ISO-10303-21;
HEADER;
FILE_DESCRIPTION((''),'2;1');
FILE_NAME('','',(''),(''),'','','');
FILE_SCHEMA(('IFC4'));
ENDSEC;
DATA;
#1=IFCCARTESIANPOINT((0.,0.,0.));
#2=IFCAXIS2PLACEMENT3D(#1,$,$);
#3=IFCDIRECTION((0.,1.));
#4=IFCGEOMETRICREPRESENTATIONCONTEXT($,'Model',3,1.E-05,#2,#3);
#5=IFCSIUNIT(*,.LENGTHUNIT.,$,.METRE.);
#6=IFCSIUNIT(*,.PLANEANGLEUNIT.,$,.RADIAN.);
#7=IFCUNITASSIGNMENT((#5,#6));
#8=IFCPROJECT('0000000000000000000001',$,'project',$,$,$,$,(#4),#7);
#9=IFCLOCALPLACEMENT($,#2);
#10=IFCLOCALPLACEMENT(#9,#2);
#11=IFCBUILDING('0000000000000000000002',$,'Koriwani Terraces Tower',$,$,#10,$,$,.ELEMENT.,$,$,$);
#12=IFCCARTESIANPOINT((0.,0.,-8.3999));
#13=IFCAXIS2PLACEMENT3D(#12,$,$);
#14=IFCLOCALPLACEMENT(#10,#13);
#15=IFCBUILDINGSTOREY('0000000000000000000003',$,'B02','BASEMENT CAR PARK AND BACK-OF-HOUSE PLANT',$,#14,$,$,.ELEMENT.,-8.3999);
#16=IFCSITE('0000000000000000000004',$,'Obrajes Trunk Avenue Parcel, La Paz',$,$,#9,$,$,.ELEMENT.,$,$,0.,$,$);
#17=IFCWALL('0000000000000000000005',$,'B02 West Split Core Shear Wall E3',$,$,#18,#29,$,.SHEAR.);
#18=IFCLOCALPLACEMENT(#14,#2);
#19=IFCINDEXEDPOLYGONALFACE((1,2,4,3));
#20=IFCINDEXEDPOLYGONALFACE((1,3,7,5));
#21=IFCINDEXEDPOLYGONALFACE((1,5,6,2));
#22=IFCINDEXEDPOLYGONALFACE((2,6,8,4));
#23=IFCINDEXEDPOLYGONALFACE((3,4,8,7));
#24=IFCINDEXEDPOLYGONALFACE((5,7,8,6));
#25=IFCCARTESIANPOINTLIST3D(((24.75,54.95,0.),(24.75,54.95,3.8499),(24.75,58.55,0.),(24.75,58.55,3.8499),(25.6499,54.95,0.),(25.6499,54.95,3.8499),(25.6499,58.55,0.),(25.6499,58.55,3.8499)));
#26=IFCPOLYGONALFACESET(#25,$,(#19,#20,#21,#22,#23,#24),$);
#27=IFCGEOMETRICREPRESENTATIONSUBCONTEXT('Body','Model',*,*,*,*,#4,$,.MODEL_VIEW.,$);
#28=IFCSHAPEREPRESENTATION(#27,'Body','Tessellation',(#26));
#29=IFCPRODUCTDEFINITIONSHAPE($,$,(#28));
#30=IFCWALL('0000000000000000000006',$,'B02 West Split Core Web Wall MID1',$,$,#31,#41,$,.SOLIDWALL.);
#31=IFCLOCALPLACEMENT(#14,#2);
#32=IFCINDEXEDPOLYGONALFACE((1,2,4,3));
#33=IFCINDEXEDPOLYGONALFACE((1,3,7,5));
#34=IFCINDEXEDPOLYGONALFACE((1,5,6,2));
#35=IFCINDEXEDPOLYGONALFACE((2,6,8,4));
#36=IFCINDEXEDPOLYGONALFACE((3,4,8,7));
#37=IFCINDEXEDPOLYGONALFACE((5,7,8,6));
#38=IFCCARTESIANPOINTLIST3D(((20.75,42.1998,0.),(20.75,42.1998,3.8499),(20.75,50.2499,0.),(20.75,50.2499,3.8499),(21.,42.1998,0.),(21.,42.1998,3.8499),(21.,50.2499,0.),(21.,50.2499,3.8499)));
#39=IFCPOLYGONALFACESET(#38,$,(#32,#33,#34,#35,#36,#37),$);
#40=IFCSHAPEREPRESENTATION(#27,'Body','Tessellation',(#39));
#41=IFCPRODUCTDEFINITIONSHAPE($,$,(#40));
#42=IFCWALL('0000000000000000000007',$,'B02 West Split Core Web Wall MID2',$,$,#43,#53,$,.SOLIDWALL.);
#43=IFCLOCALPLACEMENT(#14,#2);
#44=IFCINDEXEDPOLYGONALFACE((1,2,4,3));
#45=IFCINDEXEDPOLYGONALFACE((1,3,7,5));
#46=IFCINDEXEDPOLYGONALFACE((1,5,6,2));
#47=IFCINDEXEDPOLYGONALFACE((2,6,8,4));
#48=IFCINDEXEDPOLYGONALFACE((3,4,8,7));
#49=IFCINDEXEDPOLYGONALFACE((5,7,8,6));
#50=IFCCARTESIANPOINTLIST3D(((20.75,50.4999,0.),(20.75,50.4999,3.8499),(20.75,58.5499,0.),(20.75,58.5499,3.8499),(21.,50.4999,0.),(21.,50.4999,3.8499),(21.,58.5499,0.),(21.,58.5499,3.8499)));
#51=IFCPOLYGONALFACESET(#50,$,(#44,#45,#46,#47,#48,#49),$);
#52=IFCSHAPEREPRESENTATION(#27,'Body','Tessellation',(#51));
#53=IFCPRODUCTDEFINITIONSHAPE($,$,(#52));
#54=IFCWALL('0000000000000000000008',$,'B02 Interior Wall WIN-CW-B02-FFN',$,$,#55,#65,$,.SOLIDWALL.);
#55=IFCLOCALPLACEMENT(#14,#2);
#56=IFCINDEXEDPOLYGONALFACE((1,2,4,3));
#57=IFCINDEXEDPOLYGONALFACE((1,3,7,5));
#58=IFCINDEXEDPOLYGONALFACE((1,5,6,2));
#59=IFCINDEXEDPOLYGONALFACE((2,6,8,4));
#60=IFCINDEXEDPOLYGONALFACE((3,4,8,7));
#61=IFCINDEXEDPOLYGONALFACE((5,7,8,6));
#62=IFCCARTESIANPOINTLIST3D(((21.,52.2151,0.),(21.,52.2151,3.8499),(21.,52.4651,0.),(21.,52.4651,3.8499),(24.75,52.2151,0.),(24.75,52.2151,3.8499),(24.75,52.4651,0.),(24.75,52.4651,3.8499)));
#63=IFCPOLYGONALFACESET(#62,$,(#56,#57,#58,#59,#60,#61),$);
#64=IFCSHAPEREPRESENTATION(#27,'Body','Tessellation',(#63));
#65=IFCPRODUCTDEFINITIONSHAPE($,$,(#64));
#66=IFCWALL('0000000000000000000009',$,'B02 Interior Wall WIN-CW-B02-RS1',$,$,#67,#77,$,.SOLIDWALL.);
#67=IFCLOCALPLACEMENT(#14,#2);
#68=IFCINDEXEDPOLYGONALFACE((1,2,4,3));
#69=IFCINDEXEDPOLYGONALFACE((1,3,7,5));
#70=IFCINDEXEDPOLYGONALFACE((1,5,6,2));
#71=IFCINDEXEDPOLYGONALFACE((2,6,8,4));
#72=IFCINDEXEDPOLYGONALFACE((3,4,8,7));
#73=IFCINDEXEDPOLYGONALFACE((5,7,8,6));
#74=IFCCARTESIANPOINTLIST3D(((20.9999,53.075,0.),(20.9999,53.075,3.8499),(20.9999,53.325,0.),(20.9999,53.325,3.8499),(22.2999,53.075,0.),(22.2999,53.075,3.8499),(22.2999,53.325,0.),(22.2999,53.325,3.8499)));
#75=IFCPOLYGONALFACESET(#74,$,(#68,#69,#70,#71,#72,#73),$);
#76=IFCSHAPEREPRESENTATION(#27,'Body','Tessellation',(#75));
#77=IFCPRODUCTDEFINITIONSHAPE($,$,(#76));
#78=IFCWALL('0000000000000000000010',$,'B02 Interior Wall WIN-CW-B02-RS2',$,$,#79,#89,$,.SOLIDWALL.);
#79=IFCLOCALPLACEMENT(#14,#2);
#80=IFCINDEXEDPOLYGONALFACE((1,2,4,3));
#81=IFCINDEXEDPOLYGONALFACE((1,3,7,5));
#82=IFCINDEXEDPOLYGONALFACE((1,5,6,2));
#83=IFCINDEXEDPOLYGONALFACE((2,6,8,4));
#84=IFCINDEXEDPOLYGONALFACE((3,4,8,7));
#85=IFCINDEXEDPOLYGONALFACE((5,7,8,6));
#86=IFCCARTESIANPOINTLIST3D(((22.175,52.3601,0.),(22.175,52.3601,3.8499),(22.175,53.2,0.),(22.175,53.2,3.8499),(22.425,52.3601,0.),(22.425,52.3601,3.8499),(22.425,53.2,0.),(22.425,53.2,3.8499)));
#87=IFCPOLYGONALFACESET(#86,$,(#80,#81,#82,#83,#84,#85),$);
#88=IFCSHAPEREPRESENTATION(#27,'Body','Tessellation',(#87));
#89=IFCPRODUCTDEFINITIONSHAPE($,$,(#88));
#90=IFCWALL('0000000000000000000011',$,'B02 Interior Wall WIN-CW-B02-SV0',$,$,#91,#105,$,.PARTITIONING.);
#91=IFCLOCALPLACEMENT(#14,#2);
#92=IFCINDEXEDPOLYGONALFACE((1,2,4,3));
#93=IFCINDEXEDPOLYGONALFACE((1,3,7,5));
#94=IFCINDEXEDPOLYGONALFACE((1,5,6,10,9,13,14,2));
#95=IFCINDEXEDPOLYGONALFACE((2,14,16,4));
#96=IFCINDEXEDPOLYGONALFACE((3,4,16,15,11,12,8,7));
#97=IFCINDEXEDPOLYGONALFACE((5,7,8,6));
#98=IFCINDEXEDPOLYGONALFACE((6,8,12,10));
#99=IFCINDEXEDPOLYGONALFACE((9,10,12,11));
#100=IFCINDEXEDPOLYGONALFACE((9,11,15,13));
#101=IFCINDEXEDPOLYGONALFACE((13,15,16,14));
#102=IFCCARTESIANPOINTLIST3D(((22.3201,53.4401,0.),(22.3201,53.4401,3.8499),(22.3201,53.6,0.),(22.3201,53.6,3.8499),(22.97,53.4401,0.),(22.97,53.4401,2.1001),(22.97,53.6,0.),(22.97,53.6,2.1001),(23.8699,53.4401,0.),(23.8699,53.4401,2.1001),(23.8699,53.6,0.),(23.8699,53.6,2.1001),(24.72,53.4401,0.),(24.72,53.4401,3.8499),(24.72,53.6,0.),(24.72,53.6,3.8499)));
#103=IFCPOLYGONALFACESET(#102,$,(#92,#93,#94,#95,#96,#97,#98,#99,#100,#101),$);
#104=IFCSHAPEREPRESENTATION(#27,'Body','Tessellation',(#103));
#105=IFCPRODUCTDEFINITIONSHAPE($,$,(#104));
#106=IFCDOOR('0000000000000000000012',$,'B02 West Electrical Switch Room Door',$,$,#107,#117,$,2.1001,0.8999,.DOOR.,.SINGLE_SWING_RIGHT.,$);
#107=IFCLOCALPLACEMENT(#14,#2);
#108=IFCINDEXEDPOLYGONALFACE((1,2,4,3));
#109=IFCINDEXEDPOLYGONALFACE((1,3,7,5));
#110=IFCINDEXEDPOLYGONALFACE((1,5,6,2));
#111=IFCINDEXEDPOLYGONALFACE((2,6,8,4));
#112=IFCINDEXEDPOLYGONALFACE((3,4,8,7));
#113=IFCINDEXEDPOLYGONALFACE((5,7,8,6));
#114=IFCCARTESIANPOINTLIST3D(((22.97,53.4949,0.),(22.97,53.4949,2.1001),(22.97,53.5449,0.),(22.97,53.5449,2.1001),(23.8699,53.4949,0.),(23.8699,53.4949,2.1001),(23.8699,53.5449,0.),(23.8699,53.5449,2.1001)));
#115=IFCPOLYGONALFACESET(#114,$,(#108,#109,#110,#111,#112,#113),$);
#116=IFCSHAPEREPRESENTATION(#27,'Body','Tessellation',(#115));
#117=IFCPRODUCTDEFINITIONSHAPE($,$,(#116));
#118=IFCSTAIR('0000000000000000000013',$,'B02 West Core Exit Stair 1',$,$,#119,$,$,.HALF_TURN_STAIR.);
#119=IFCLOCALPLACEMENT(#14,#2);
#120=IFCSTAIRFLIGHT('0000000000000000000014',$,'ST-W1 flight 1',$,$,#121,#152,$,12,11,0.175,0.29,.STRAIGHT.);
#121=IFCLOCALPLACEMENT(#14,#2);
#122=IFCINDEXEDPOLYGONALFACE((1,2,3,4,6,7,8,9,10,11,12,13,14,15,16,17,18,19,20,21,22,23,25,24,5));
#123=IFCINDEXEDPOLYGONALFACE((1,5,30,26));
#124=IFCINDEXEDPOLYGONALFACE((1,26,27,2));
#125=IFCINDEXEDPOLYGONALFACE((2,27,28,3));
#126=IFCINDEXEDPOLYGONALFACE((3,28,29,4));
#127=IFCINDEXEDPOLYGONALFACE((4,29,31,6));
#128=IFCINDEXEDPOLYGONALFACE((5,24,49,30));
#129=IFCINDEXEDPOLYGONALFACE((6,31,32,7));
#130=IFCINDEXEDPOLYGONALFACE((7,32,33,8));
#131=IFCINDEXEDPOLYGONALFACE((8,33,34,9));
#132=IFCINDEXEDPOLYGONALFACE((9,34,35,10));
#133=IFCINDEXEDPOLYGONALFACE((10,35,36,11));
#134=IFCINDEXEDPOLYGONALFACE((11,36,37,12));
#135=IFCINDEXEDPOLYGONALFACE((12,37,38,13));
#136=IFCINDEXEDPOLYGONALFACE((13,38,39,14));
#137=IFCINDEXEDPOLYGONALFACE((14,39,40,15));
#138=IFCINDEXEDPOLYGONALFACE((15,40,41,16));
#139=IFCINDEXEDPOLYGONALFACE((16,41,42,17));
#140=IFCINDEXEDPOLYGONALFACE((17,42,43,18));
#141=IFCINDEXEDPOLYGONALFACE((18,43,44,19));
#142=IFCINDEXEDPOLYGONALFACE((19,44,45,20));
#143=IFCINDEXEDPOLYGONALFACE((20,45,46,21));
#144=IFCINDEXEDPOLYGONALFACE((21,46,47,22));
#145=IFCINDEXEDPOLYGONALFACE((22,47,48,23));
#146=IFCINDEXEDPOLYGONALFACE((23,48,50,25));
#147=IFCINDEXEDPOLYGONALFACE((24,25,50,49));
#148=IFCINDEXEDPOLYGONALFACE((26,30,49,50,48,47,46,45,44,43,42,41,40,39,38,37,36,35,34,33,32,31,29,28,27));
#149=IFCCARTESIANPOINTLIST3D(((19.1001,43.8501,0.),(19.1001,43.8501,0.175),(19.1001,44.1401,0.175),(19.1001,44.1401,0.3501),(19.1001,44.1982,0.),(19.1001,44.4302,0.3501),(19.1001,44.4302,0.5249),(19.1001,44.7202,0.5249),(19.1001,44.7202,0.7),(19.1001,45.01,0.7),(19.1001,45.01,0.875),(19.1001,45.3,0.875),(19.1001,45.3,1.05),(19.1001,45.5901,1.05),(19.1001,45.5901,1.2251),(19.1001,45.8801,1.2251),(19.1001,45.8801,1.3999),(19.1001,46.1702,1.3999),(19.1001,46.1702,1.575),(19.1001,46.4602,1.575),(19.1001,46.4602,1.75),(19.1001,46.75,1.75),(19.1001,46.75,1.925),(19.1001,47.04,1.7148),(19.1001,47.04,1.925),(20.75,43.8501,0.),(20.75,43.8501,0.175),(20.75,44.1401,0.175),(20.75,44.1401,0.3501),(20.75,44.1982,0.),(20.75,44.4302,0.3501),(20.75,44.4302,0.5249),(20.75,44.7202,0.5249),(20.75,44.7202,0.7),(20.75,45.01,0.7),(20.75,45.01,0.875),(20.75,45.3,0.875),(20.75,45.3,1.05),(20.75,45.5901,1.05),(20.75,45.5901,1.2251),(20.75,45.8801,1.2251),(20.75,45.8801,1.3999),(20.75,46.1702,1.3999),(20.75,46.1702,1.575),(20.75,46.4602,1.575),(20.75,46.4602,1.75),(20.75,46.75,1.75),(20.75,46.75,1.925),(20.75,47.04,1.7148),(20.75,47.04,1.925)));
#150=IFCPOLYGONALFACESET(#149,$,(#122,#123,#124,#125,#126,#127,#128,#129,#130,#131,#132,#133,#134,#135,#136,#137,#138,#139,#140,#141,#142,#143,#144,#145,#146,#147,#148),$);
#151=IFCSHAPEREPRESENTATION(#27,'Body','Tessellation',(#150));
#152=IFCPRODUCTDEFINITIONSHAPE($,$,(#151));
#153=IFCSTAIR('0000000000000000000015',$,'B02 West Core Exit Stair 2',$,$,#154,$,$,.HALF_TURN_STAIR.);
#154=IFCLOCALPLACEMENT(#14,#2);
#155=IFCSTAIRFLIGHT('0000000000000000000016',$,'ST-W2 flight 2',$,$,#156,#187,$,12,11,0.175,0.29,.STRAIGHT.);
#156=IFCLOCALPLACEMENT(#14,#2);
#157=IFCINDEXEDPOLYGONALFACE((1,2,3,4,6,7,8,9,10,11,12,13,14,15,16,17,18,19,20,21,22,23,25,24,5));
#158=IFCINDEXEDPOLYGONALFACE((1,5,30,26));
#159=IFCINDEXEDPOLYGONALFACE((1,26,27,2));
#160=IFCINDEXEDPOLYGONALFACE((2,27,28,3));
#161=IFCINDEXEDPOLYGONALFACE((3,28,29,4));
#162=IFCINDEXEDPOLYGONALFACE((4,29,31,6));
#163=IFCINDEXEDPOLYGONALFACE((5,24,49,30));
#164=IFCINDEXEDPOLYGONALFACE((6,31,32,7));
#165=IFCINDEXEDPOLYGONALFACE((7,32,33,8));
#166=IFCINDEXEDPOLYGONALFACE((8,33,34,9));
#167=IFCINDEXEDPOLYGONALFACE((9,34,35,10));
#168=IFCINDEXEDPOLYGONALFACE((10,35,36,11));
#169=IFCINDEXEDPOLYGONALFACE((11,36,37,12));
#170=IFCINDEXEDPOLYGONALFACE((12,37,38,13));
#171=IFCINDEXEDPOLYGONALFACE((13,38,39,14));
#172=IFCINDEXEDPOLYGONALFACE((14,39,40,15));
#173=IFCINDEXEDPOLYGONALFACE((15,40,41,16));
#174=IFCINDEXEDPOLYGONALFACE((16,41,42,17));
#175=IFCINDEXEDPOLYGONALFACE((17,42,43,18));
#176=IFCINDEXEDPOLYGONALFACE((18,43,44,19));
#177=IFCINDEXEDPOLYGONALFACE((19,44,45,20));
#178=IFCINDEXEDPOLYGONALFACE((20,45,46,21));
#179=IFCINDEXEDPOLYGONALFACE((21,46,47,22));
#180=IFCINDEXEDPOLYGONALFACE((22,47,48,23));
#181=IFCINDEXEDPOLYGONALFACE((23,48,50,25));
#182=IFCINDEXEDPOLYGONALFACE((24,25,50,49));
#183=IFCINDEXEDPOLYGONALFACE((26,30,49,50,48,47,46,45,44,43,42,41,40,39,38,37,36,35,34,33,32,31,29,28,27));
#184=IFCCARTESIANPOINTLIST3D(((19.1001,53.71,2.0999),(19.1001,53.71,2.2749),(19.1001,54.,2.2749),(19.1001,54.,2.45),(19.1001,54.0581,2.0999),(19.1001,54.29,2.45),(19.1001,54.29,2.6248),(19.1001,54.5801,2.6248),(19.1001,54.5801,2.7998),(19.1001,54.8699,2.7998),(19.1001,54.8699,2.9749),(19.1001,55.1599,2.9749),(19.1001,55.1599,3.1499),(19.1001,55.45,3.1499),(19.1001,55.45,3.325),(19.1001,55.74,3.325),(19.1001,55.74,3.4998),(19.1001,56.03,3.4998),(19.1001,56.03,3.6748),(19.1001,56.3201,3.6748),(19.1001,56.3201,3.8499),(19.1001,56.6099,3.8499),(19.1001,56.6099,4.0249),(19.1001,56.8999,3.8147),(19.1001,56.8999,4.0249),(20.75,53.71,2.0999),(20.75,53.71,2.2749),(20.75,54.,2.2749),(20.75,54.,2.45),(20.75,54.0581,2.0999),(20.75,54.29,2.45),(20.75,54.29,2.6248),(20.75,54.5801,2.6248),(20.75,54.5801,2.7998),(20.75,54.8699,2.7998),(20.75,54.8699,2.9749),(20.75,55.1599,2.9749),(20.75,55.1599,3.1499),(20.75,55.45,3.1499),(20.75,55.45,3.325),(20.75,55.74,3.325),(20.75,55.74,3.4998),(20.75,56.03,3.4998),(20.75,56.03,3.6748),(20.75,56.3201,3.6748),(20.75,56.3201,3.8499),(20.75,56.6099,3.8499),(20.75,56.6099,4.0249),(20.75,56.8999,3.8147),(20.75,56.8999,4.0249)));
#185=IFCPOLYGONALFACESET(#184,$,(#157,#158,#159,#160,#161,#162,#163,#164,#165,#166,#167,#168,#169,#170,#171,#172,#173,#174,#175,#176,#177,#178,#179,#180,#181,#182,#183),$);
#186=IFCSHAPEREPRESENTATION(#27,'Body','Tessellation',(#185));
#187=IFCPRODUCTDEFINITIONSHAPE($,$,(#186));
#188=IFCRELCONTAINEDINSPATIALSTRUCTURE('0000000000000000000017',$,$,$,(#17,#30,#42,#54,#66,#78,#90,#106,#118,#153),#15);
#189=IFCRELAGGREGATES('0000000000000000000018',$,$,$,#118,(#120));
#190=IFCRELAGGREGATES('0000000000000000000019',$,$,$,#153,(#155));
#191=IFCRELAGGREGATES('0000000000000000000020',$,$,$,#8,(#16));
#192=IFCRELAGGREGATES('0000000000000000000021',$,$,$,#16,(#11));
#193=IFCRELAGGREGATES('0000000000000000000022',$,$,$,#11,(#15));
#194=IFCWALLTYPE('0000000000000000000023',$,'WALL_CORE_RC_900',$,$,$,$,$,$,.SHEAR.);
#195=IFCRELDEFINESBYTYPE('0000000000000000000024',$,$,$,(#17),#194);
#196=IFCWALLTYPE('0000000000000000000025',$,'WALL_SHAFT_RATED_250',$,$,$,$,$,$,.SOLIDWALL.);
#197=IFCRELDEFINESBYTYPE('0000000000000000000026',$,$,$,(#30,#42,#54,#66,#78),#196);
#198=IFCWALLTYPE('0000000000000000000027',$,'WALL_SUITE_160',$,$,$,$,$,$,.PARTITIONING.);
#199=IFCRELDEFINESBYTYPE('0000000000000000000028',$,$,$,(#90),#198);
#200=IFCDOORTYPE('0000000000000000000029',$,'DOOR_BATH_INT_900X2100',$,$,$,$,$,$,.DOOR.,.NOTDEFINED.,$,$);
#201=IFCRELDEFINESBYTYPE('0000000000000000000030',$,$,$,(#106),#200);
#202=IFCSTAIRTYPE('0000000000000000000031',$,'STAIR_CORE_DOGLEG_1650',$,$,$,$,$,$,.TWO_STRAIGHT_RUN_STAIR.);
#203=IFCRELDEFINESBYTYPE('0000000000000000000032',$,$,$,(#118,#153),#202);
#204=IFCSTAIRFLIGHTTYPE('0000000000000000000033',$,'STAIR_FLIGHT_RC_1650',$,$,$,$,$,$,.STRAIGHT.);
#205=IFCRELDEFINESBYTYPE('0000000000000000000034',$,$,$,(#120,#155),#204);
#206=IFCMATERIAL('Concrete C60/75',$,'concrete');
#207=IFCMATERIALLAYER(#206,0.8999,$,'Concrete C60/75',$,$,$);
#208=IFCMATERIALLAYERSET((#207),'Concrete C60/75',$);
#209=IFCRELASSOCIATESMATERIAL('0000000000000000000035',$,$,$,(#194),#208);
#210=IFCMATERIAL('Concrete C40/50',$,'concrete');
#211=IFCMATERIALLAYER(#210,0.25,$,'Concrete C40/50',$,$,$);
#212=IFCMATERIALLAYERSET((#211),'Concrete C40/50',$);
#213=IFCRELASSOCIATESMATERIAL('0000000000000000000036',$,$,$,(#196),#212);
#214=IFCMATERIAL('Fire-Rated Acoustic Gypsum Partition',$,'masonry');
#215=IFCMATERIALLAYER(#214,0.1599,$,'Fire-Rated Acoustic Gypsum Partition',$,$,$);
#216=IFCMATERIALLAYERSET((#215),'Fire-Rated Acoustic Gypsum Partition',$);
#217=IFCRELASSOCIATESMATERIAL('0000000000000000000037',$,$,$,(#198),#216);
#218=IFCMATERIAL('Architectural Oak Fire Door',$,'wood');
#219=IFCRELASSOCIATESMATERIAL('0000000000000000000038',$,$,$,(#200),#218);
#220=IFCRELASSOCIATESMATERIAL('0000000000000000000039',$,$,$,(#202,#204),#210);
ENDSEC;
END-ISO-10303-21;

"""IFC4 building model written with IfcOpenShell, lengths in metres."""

from ifc_helpers import new_model, si_unit, direction, frame, frame_2d, origin, place, context, subcontext, project, spatial, polyline, rectangle, outline, extrude, material, layer, layer_set, type_object, element, fill, aggregate, save


model = new_model("IFC4")

# Units and contexts
model_context = context("Model", 3, precision=1e-05, world=origin(), true_north=direction((0.0, 1.0)))
body_context = subcontext(model_context, "Body", "Model", "MODEL_VIEW")
ifc_project = project(units=[si_unit("LENGTHUNIT", "METRE"), si_unit("PLANEANGLEUNIT", "RADIAN")], contexts=[model_context])

# Site, building, storey
site_placement = place(None, origin())
site = spatial("IfcSite", under=ifc_project, at=site_placement, Name="Obrajes Trunk Avenue Parcel, La Paz", CompositionType="ELEMENT", RefElevation=0.0)
building_placement = place(site_placement, origin())
building = spatial("IfcBuilding", under=site, at=building_placement, Name="Koriwani Terraces Tower", CompositionType="ELEMENT")
storey_placement = place(building_placement, frame((0.0, 0.0, -8.3999)))
storey = spatial("IfcBuildingStorey", under=building, at=storey_placement, Name="B02", Description="BASEMENT CAR PARK AND BACK-OF-HOUSE PLANT", CompositionType="ELEMENT", Elevation=-8.3999)

# Shared definitions
ifc_material_1 = material(Name="Concrete C40/50", Category="concrete")

# Shared definitions
ifc_material_2 = material(Name="Concrete C60/75", Category="concrete")

# Walls
ifc_layer_1 = layer(ifc_material_2, 0.8999, Name="Concrete C60/75")
ifc_layer_set_1 = layer_set([ifc_layer_1], Name="Concrete C60/75")
wall_type_1 = type_object("IfcWallType", Name="WALL_CORE_RC_900", PredefinedType="SHEAR", material=ifc_layer_set_1)
wall_1_placement = place(storey_placement, frame((25.2, 54.95, 0.0), z_axis=(0.0, 0.0, 1.0), x_axis=(0.0, 1.0, 0.0)))
element("IfcWall", 1, at=wall_1_placement, inside=storey, type_object=wall_type_1, Name="B02 West Split Core Shear Wall E3", PredefinedType="SHEAR", context=body_context, shape_type="SweptSolid", body=[
    extrude(rectangle(XDim=3.6001, YDim=0.8999, at=frame_2d((1.8, 0.0))), origin(), (0.0, 0.0, 1.0), 3.8499),
])
ifc_layer_2 = layer(ifc_material_1, 0.25, Name="Concrete C40/50")
ifc_layer_set_2 = layer_set([ifc_layer_2], Name="Concrete C40/50")
wall_type_2 = type_object("IfcWallType", Name="WALL_SHAFT_RATED_250", PredefinedType="SOLIDWALL", material=ifc_layer_set_2)
for number, where, z_axis, x_axis, name in (
    (2, (20.875, 42.2, 0.0), (0.0, 0.0, 1.0), (0.0, 1.0, 0.0), "B02 West Split Core Web Wall MID1"),
    (3, (20.875, 50.5, 0.0), (0.0, 0.0, 1.0), (0.0, 1.0, 0.0), "B02 West Split Core Web Wall MID2"),
):
    element("IfcWall", number, at=place(storey_placement, frame(where, z_axis=z_axis, x_axis=x_axis)), inside=storey, type_object=wall_type_2, Name=name, PredefinedType="SOLIDWALL", context=body_context, shape_type="SweptSolid", body=[
        extrude(rectangle(XDim=8.05, YDim=0.25, at=frame_2d((4.0249, 0.0))), origin(), (0.0, 0.0, 1.0), 3.8499),
    ])

# Wall
wall_2_placement = place(storey_placement, frame((21.0, 52.3401, 0.0), z_axis=(0.0, 0.0, 1.0), x_axis=(1.0, 0.0, 0.0)))
element("IfcWall", 4, at=wall_2_placement, inside=storey, type_object=wall_type_2, Name="B02 Interior Wall WIN-CW-B02-FFN", PredefinedType="SOLIDWALL", context=body_context, shape_type="SweptSolid", body=[
    extrude(rectangle(XDim=3.75, YDim=0.25, at=frame_2d((1.875, 0.0))), origin(), (0.0, 0.0, 1.0), 3.8499),
])

# Walls
wall_3_placement = place(storey_placement, frame((21.0, 53.2, 0.0), z_axis=(0.0, 0.0, 1.0), x_axis=(1.0, 0.0, 0.0)))
element("IfcWall", 5, at=wall_3_placement, inside=storey, type_object=wall_type_2, Name="B02 Interior Wall WIN-CW-B02-RS1", PredefinedType="SOLIDWALL", context=body_context, shape_type="SweptSolid", body=[
    extrude(rectangle(XDim=1.3, YDim=0.25, at=frame_2d((0.6499, 0.0))), origin(), (0.0, 0.0, 1.0), 3.8499),
])
wall_4_placement = place(storey_placement, frame((22.3, 52.3601, 0.0), z_axis=(0.0, 0.0, 1.0), x_axis=(0.0, 1.0, 0.0)))
element("IfcWall", 6, at=wall_4_placement, inside=storey, type_object=wall_type_2, Name="B02 Interior Wall WIN-CW-B02-RS2", PredefinedType="SOLIDWALL", context=body_context, shape_type="SweptSolid", body=[
    extrude(rectangle(XDim=0.8398, YDim=0.25, at=frame_2d((0.4199, 0.0))), origin(), (0.0, 0.0, 1.0), 3.8499),
])

# Wall, opening, door
ifc_material_3 = material(Name="Fire-Rated Acoustic Gypsum Partition", Category="masonry")
ifc_layer_3 = layer(ifc_material_3, 0.1599, Name="Fire-Rated Acoustic Gypsum Partition")
ifc_layer_set_3 = layer_set([ifc_layer_3], Name="Fire-Rated Acoustic Gypsum Partition")
wall_type_3 = type_object("IfcWallType", Name="WALL_SUITE_160", PredefinedType="PARTITIONING", material=ifc_layer_set_3)
wall_5_placement = place(storey_placement, frame((22.3201, 53.52, 0.0), z_axis=(0.0, 0.0, 1.0), x_axis=(1.0, 0.0, 0.0)))
wall_5 = element("IfcWall", 7, at=wall_5_placement, inside=storey, type_object=wall_type_3, Name="B02 Interior Wall WIN-CW-B02-SV0", PredefinedType="PARTITIONING", context=body_context, shape_type="SweptSolid", body=[
    extrude(rectangle(XDim=2.3999, YDim=0.1599, at=frame_2d((1.2, 0.0))), origin(), (0.0, 0.0, 1.0), 3.8499),
])
opening_1_placement = place(wall_5_placement, frame((0.6499, 0.0, 0.0)))
opening_1 = element("IfcOpeningElement", 8, at=opening_1_placement, cuts=wall_5, PredefinedType="OPENING", context=body_context, shape_type="SweptSolid", body=[
    extrude(rectangle(XDim=0.8999, YDim=2.1001, at=frame_2d((0.45, 1.05))), frame((0.0, 0.0898, 0.0), z_axis=(0.0, -1.0, 0.0), x_axis=(1.0, 0.0, 0.0)), (0.0, 0.0, 1.0), 0.1799),
])
ifc_material_4 = material(Name="Architectural Oak Fire Door", Category="wood")
door_type_1 = type_object("IfcDoorType", Name="DOOR_BATH_INT_900X2100", OperationType="NOTDEFINED", PredefinedType="DOOR", material=ifc_material_4)
door_1_placement = place(opening_1_placement, origin())
door_1 = element("IfcDoor", 9, at=door_1_placement, inside=storey, type_object=door_type_1, Name="B02 West Electrical Switch Room Door", OperationType="SINGLE_SWING_RIGHT", OverallHeight=2.1001, OverallWidth=0.8999, PredefinedType="DOOR", context=body_context, shape_type="SweptSolid", body=[
    extrude(rectangle(XDim=0.8999, YDim=2.1001, at=frame_2d((0.45, 1.05))), frame((0.0, 0.0249, 0.0), z_axis=(0.0, -1.0, 0.0), x_axis=(1.0, 0.0, 0.0)), (0.0, 0.0, 1.0), 0.05),
])
fill(opening_1, door_1)

# Stairs, stair flights
stair_type = type_object("IfcStairType", Name="STAIR_CORE_DOGLEG_1650", PredefinedType="TWO_STRAIGHT_RUN_STAIR", material=ifc_material_1)
stair_1_placement = place(storey_placement, origin())
stair_1 = element("IfcStair", 10, at=stair_1_placement, inside=storey, type_object=stair_type, Name="B02 West Core Exit Stair 1", PredefinedType="HALF_TURN_STAIR")
stair_flight_type = type_object("IfcStairFlightType", Name="STAIR_FLIGHT_RC_1650", PredefinedType="STRAIGHT", material=ifc_material_1)
stair_flight_1_placement = place(storey_placement, frame((19.925, 43.8501, 0.0), z_axis=(0.0, 0.0, 1.0), x_axis=(0.0, 1.0, 0.0)))
stair_flight_1 = element("IfcStairFlight", 11, at=stair_flight_1_placement, type_object=stair_flight_type, Name="ST-W1 flight 1", NumberOfRisers=12, NumberOfTreads=11, PredefinedType="STRAIGHT", RiserHeight=0.175, TreadLength=0.29, context=body_context, shape_type="SweptSolid", body=[
    extrude(outline(polyline([(0.0, 0.0), (0.0, 0.175), (0.29, 0.175), (0.29, 0.3501), (0.5801, 0.3501), (0.5801, 0.5249), (0.8701, 0.5249), (0.8701, 0.7), (1.1599, 0.7), (1.1599, 0.875), (1.45, 0.875), (1.45, 1.05), (1.74, 1.05), (1.74, 1.2251), (2.03, 1.2251), (2.03, 1.3999), (2.3201, 1.3999), (2.3201, 1.575), (2.6101, 1.575), (2.6101, 1.75), (2.8999, 1.75), (2.8999, 1.925), (3.1899, 1.925), (3.1899, 2.1001), (3.1899, 1.7148), (0.3481, 0.0), (0.0, 0.0)])), frame((0.0, 0.825, 0.0), z_axis=(0.0, -1.0, 0.0), x_axis=(1.0, 0.0, 0.0)), (0.0, 0.0, 1.0), 1.6499),
])
aggregate(stair_1, [stair_flight_1])
stair_2_placement = place(storey_placement, origin())
stair_2 = element("IfcStair", 12, at=stair_2_placement, inside=storey, type_object=stair_type, Name="B02 West Core Exit Stair 2", PredefinedType="HALF_TURN_STAIR")
stair_flight_2_placement = place(storey_placement, frame((19.925, 53.71, 2.0999), z_axis=(0.0, 0.0, 1.0), x_axis=(0.0, 1.0, 0.0)))
stair_flight_2 = element("IfcStairFlight", 13, at=stair_flight_2_placement, type_object=stair_flight_type, Name="ST-W2 flight 2", NumberOfRisers=12, NumberOfTreads=11, PredefinedType="STRAIGHT", RiserHeight=0.175, TreadLength=0.29, context=body_context, shape_type="SweptSolid", body=[
    extrude(outline(polyline([(0.0, 0.0), (0.0, 0.175), (0.29, 0.175), (0.29, 0.3501), (0.5801, 0.3501), (0.5801, 0.5249), (0.8701, 0.5249), (0.8701, 0.7), (1.1599, 0.7), (1.1599, 0.875), (1.45, 0.875), (1.45, 1.05), (1.74, 1.05), (1.74, 1.2251), (2.03, 1.2251), (2.03, 1.3999), (2.3201, 1.3999), (2.3201, 1.575), (2.6101, 1.575), (2.6101, 1.75), (2.8999, 1.75), (2.8999, 1.925), (3.1899, 1.925), (3.1899, 2.1001), (3.1899, 1.7148), (0.3481, 0.0), (0.0, 0.0)])), frame((0.0, 0.825, 0.0), z_axis=(0.0, -1.0, 0.0), x_axis=(1.0, 0.0, 0.0)), (0.0, 0.0, 1.0), 1.6499),
])
aggregate(stair_2, [stair_flight_2])

save(model, "model.ifc")
